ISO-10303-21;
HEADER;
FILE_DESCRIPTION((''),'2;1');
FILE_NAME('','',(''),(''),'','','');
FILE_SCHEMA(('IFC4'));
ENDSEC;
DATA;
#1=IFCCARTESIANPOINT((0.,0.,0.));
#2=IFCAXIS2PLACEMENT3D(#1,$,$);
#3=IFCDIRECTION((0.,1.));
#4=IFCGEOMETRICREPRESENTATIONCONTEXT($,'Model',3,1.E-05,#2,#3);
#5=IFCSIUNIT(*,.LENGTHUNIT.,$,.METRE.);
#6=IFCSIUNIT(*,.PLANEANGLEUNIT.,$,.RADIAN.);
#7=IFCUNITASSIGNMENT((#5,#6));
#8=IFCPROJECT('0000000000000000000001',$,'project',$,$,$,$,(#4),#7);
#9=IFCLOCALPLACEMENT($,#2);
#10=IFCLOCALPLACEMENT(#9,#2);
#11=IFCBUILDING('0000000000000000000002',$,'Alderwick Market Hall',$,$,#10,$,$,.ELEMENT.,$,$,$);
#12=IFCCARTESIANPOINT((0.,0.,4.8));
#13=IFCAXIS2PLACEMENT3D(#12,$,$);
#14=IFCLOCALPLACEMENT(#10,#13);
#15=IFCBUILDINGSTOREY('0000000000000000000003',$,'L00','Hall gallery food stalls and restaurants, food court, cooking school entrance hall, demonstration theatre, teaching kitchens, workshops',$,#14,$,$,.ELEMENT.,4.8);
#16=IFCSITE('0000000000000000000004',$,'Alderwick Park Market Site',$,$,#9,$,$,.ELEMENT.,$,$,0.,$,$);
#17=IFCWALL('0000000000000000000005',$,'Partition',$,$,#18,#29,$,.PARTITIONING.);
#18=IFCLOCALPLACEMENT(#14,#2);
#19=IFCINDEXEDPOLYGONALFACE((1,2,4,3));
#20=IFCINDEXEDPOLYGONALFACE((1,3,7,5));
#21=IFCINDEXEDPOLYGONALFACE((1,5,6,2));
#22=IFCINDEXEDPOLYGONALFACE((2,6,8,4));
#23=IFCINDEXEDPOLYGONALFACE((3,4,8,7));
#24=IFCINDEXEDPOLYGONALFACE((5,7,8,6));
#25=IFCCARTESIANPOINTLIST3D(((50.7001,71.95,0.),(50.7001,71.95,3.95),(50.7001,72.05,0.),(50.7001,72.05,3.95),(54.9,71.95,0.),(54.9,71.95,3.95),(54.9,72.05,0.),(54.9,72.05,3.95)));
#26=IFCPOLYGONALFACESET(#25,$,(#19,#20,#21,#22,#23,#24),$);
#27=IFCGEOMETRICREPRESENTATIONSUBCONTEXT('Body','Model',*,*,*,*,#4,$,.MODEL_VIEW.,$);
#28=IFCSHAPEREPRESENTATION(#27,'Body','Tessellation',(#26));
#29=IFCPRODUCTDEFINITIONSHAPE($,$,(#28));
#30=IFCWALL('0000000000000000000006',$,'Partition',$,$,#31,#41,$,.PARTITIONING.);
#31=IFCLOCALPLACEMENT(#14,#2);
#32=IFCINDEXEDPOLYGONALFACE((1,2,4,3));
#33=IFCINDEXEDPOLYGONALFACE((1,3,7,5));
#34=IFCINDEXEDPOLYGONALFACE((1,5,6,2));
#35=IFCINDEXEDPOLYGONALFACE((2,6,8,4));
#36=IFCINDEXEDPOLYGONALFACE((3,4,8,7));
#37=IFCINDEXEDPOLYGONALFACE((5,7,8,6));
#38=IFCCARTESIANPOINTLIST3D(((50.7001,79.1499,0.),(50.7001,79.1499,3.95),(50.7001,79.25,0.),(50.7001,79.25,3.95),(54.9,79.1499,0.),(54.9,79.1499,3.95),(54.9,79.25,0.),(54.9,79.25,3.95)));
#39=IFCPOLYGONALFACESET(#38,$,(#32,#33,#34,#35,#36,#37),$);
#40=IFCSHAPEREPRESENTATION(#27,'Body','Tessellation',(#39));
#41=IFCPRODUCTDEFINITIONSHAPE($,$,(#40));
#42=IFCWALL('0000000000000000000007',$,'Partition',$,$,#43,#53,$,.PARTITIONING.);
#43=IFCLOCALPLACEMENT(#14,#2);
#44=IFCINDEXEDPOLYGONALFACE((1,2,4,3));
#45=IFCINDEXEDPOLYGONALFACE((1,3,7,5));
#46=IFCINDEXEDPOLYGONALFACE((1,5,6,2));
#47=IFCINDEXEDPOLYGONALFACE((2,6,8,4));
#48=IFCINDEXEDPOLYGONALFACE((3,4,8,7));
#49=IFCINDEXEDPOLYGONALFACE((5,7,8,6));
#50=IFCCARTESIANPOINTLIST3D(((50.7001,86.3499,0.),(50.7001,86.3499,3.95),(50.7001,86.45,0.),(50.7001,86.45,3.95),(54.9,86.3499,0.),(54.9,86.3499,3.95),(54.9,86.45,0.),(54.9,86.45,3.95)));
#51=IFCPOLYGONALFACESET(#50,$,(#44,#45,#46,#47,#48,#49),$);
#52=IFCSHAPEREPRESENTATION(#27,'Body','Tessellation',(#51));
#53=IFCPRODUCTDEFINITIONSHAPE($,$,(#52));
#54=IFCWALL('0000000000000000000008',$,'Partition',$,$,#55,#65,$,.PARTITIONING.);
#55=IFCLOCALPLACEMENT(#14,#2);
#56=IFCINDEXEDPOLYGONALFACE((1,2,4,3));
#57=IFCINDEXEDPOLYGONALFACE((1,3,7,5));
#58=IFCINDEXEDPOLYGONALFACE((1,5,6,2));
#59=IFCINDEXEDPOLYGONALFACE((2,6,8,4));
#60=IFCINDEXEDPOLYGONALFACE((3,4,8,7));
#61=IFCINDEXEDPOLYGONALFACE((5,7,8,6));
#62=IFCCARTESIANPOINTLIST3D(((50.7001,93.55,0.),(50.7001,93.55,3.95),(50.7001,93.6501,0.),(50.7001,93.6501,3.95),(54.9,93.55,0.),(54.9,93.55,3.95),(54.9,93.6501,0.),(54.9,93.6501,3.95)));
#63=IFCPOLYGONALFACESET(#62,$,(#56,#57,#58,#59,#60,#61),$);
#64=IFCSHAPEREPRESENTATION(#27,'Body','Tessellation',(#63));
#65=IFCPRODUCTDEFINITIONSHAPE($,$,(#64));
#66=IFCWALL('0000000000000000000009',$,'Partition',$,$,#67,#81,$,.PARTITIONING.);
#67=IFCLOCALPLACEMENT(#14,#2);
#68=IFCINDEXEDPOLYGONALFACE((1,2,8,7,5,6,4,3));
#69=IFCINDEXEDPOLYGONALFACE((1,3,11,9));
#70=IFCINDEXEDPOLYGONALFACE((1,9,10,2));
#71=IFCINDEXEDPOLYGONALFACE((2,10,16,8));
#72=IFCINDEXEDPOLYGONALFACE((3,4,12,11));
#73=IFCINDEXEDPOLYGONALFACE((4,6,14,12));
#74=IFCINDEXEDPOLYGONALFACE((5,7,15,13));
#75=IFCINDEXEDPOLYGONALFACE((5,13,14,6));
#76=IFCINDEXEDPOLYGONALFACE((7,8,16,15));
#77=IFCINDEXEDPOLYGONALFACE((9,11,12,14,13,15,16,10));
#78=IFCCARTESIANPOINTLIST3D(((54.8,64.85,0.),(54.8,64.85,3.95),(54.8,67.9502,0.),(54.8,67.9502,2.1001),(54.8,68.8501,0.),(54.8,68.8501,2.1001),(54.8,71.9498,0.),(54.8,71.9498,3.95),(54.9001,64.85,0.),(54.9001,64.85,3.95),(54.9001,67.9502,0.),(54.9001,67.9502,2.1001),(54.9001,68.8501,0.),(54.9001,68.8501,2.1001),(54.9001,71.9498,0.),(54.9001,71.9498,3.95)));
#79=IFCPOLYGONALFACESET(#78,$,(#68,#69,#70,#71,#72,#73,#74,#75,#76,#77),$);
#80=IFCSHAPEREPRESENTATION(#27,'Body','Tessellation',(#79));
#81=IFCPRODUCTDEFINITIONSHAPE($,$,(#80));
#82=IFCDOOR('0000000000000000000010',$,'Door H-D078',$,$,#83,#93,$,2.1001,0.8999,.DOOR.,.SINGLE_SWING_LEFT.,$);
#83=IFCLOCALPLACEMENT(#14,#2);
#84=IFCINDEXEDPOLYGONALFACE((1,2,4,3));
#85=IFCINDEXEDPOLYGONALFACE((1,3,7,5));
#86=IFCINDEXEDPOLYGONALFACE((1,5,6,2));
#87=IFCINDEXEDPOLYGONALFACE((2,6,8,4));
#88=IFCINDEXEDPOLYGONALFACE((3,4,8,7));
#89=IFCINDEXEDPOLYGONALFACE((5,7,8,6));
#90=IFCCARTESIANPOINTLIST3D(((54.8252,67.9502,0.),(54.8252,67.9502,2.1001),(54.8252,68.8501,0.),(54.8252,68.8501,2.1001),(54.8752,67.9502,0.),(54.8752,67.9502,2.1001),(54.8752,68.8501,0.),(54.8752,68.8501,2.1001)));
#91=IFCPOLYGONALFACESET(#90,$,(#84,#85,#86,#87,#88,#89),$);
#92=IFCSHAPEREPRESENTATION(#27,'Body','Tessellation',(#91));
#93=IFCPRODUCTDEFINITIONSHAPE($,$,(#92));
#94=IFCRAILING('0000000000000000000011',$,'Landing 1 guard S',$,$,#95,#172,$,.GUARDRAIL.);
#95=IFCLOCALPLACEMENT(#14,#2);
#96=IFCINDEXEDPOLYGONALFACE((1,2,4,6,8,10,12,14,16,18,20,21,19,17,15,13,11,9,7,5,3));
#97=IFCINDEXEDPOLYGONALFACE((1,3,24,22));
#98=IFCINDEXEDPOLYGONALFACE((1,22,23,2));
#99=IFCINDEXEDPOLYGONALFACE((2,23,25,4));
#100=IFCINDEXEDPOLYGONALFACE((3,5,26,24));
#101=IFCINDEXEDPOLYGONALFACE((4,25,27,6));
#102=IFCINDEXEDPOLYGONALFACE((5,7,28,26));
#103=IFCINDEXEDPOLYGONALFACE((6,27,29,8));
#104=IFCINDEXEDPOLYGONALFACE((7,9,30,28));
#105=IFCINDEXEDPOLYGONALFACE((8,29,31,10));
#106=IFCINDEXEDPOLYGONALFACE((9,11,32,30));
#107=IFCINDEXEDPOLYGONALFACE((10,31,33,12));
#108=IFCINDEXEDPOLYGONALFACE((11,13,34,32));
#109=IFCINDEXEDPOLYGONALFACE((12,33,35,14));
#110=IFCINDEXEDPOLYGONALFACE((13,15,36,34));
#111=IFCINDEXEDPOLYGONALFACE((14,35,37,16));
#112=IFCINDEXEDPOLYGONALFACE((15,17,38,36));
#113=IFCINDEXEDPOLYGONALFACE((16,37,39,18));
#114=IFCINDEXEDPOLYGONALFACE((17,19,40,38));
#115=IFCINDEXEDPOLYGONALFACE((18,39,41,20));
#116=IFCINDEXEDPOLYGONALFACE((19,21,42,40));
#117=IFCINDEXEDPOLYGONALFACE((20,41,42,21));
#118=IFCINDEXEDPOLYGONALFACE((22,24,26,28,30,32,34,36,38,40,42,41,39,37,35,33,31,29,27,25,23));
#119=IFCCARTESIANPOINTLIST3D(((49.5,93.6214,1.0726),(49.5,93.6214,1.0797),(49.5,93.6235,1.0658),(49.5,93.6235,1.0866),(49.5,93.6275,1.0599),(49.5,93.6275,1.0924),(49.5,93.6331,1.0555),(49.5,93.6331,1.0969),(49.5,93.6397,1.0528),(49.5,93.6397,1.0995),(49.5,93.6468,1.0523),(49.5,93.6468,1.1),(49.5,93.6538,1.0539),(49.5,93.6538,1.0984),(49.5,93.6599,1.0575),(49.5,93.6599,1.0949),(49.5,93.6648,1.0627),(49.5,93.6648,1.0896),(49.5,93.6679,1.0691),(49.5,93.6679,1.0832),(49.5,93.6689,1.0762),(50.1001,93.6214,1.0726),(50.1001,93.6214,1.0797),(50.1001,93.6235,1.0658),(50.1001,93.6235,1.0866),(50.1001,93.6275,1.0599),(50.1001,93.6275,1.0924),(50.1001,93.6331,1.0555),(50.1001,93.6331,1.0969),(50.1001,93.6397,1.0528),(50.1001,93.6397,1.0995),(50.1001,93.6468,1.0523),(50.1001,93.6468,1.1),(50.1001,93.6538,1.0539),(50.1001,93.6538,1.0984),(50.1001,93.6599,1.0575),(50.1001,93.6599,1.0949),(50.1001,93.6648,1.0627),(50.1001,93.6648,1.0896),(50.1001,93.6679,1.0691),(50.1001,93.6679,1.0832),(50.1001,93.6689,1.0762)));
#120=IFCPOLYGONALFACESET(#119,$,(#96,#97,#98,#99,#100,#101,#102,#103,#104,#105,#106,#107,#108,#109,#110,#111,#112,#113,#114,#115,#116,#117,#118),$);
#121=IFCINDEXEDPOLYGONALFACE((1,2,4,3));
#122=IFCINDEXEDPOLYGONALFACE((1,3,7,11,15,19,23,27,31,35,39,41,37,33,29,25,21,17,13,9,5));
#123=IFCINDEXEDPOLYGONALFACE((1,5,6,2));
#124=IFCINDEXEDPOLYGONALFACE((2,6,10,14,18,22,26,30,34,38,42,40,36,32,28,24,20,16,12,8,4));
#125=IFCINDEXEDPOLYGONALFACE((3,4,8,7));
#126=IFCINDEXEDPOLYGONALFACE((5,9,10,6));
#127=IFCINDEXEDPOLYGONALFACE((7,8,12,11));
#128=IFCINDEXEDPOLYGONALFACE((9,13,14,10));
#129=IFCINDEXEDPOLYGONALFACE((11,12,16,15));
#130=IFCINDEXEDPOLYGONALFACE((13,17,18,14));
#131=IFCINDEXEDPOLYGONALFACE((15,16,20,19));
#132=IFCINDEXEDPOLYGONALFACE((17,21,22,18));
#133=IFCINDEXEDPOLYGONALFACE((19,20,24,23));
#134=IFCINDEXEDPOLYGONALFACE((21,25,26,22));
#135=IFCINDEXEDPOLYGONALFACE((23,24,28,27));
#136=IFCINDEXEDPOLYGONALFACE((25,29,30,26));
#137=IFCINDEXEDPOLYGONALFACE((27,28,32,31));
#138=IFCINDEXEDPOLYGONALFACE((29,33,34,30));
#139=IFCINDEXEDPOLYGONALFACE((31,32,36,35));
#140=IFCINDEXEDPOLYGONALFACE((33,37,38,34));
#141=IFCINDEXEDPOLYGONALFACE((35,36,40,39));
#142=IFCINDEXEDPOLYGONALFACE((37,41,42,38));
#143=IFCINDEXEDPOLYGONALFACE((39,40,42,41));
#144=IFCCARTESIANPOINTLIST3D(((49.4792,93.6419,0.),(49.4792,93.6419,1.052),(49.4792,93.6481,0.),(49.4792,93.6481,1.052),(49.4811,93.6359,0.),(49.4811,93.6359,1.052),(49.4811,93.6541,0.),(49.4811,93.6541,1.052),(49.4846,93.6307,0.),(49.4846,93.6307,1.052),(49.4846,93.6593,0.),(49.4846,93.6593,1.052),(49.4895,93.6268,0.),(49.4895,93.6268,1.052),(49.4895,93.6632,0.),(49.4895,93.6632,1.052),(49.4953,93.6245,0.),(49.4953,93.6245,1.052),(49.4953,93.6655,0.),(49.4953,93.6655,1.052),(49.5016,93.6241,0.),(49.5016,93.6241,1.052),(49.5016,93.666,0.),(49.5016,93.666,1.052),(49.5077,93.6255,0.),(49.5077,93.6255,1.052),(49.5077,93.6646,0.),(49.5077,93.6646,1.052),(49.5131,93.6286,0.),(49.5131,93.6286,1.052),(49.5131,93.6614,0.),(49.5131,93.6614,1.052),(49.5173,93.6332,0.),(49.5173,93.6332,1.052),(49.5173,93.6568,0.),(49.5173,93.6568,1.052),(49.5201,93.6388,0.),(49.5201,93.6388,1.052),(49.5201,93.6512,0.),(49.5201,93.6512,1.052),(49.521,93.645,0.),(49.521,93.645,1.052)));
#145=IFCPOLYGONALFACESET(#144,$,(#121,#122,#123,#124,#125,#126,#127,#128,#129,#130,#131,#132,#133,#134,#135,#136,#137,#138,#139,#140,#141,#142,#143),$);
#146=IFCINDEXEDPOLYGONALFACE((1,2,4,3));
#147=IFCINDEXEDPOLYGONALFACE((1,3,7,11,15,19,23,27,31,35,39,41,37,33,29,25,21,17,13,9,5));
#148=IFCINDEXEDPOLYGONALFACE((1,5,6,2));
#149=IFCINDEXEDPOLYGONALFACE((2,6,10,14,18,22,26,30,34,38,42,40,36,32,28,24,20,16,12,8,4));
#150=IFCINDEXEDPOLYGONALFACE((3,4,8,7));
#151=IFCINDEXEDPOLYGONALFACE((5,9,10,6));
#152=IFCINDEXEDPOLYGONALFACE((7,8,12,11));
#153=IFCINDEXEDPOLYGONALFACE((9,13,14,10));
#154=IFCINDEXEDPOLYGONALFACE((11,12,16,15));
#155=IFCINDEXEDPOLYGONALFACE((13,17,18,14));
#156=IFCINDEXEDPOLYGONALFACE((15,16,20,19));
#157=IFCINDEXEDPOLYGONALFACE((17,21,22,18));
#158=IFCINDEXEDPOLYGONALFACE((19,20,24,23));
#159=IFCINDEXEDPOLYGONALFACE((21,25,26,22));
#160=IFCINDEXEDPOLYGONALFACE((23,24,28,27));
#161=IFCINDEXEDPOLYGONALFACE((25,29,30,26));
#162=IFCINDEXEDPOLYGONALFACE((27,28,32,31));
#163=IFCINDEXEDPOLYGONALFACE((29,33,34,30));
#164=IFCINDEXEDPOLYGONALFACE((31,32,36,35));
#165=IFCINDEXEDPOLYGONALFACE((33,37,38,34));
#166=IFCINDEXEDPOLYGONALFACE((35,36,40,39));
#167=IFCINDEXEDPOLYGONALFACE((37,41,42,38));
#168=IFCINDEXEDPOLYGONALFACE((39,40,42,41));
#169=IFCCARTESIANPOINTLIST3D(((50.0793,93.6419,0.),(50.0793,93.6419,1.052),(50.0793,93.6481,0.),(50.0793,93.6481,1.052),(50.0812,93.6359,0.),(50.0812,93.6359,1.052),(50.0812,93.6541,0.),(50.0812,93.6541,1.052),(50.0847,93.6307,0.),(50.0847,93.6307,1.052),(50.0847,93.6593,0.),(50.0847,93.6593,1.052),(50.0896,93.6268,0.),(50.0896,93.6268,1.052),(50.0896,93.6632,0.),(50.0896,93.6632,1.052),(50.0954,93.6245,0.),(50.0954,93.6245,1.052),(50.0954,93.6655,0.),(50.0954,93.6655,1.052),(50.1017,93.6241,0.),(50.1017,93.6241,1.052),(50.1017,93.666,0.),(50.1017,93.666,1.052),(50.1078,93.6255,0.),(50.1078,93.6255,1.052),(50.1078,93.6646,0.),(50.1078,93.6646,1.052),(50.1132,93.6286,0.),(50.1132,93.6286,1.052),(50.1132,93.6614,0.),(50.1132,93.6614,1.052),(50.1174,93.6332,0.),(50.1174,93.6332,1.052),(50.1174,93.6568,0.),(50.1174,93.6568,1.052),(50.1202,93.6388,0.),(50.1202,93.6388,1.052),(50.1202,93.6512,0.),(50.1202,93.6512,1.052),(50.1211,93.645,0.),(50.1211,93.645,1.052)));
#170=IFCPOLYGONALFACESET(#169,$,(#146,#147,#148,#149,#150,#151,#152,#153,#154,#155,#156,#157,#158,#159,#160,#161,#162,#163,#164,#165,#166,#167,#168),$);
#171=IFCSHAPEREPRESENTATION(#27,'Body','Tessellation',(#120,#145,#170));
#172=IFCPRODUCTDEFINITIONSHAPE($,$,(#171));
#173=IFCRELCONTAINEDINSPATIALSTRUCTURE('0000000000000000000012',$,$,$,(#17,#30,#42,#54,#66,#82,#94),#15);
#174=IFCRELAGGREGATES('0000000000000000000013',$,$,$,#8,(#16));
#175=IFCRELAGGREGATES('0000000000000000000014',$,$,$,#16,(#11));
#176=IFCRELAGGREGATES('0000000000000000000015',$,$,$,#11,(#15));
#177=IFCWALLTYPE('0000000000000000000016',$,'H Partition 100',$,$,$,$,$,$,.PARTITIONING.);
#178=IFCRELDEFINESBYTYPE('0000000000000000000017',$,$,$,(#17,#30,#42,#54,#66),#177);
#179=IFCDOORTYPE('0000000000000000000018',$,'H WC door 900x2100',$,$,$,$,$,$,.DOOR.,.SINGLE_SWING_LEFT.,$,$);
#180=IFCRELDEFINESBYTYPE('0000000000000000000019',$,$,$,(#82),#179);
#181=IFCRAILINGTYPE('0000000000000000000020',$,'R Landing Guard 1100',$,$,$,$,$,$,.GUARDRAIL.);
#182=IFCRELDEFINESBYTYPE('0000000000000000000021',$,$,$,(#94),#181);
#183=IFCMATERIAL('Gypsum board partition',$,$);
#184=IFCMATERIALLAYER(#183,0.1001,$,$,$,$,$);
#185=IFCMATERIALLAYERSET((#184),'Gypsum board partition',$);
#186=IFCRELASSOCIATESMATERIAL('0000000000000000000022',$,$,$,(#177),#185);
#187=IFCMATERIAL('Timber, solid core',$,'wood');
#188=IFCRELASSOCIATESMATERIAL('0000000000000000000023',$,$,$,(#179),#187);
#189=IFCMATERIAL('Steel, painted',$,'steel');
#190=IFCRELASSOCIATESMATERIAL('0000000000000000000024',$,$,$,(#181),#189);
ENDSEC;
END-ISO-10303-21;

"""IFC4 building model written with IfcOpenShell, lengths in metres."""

from ifc_helpers import new_model, si_unit, direction, frame, frame_2d, origin, origin_2d, place, context, subcontext, project, spatial, rectangle, circle, extrude, material, layer, layer_set, type_object, element, fill, save


model = new_model("IFC4")

# Units and contexts
model_context = context("Model", 3, precision=1e-05, world=origin(), true_north=direction((0.0, 1.0)))
body_context = subcontext(model_context, "Body", "Model", "MODEL_VIEW")
ifc_project = project(units=[si_unit("LENGTHUNIT", "METRE"), si_unit("PLANEANGLEUNIT", "RADIAN")], contexts=[model_context])

# Site, building, storey
site_placement = place(None, origin())
site = spatial("IfcSite", under=ifc_project, at=site_placement, Name="Alderwick Park Market Site", CompositionType="ELEMENT", RefElevation=0.0)
building_placement = place(site_placement, origin())
building = spatial("IfcBuilding", under=site, at=building_placement, Name="Alderwick Market Hall", CompositionType="ELEMENT")
storey_placement = place(building_placement, frame((0.0, 0.0, 4.8)))
storey = spatial("IfcBuildingStorey", under=building, at=storey_placement, Name="L00", Description="Hall gallery food stalls and restaurants, food court, cooking school entrance hall, demonstration theatre, teaching kitchens, workshops", CompositionType="ELEMENT", Elevation=4.8)

# Walls
ifc_material_1 = material(Name="Gypsum board partition")
ifc_layer_1 = layer(ifc_material_1, 0.1001)
ifc_layer_set_1 = layer_set([ifc_layer_1], Name="Gypsum board partition")
wall_type = type_object("IfcWallType", Name="H Partition 100", PredefinedType="PARTITIONING", material=ifc_layer_set_1)
for number, where, z_axis, x_axis, name in (
    (1, (50.7, 72.0, 0.0), (0.0, 0.0, 1.0), (1.0, 0.0, 0.0), "Partition"),
    (2, (50.7, 79.2, 0.0), (0.0, 0.0, 1.0), (1.0, 0.0, 0.0), "Partition"),
    (3, (50.7, 86.3999, 0.0), (0.0, 0.0, 1.0), (1.0, 0.0, 0.0), "Partition"),
    (4, (50.7, 93.6001, 0.0), (0.0, 0.0, 1.0), (1.0, 0.0, 0.0), "Partition"),
):
    element("IfcWall", number, at=place(storey_placement, frame(where, z_axis=z_axis, x_axis=x_axis)), inside=storey, type_object=wall_type, Name=name, PredefinedType="PARTITIONING", context=body_context, shape_type="SweptSolid", body=[
        extrude(rectangle(XDim=4.2, YDim=0.1001, at=frame_2d((2.1001, 0.0))), origin(), (0.0, 0.0, 1.0), 3.95),
    ])

# Wall, opening, door
wall_placement = place(storey_placement, frame((54.8501, 64.8501, 0.0), z_axis=(0.0, 0.0, 1.0), x_axis=(0.0, 1.0, 0.0)))
wall = element("IfcWall", 5, at=wall_placement, inside=storey, type_object=wall_type, Name="Partition", PredefinedType="PARTITIONING", context=body_context, shape_type="SweptSolid", body=[
    extrude(rectangle(XDim=7.0999, YDim=0.1001, at=frame_2d((3.5498, 0.0))), origin(), (0.0, 0.0, 1.0), 3.95),
])
opening_placement = place(wall_placement, frame((3.1001, 0.0, 0.0)))
opening = element("IfcOpeningElement", 6, at=opening_placement, cuts=wall, PredefinedType="OPENING", context=body_context, shape_type="SweptSolid", body=[
    extrude(rectangle(XDim=0.8999, YDim=2.1001, at=frame_2d((0.45, 1.05))), frame((0.0, 0.0601, 0.0), z_axis=(0.0, -1.0, 0.0), x_axis=(1.0, 0.0, 0.0)), (0.0, 0.0, 1.0), 0.1201),
])
ifc_material_2 = material(Name="Timber, solid core", Category="wood")
door_type = type_object("IfcDoorType", Name="H WC door 900x2100", OperationType="SINGLE_SWING_LEFT", PredefinedType="DOOR", material=ifc_material_2)
door_placement = place(opening_placement, origin())
door = element("IfcDoor", 7, at=door_placement, inside=storey, type_object=door_type, Name="Door H-D078", OperationType="SINGLE_SWING_LEFT", OverallHeight=2.1001, OverallWidth=0.8999, PredefinedType="DOOR", context=body_context, shape_type="SweptSolid", body=[
    extrude(rectangle(XDim=0.8999, YDim=2.1001, at=frame_2d((0.45, 1.05))), frame((0.0, 0.0249, 0.0), z_axis=(0.0, -1.0, 0.0), x_axis=(1.0, 0.0, 0.0)), (0.0, 0.0, 1.0), 0.05),
])
fill(opening, door)

# Railing
ifc_material_3 = material(Name="Steel, painted", Category="steel")
railing_type = type_object("IfcRailingType", Name="R Landing Guard 1100", PredefinedType="GUARDRAIL", material=ifc_material_3)
for number, where, name in (
    (8, (49.5, 93.645, 0.0), "Landing 1 guard S"),
):
    element("IfcRailing", number, at=place(storey_placement, frame(where)), inside=storey, type_object=railing_type, Name=name, PredefinedType="GUARDRAIL", context=body_context, shape_type="SweptSolid", body=[
        extrude(circle(Radius=0.0239, at=origin_2d()), frame((0.0, 0.0, 1.0762), z_axis=(1.0, 0.0, 0.0), x_axis=(0.0, 1.0, 0.0)), (0.0, 0.0, 1.0), 0.6001),
        extrude(circle(Radius=0.021, at=origin_2d()), origin(), (0.0, 0.0, 1.0), 1.052),
        extrude(circle(Radius=0.021, at=origin_2d()), frame((0.6001, 0.0, 0.0)), (0.0, 0.0, 1.0), 1.052),
    ])

save(model, "model.ifc")
